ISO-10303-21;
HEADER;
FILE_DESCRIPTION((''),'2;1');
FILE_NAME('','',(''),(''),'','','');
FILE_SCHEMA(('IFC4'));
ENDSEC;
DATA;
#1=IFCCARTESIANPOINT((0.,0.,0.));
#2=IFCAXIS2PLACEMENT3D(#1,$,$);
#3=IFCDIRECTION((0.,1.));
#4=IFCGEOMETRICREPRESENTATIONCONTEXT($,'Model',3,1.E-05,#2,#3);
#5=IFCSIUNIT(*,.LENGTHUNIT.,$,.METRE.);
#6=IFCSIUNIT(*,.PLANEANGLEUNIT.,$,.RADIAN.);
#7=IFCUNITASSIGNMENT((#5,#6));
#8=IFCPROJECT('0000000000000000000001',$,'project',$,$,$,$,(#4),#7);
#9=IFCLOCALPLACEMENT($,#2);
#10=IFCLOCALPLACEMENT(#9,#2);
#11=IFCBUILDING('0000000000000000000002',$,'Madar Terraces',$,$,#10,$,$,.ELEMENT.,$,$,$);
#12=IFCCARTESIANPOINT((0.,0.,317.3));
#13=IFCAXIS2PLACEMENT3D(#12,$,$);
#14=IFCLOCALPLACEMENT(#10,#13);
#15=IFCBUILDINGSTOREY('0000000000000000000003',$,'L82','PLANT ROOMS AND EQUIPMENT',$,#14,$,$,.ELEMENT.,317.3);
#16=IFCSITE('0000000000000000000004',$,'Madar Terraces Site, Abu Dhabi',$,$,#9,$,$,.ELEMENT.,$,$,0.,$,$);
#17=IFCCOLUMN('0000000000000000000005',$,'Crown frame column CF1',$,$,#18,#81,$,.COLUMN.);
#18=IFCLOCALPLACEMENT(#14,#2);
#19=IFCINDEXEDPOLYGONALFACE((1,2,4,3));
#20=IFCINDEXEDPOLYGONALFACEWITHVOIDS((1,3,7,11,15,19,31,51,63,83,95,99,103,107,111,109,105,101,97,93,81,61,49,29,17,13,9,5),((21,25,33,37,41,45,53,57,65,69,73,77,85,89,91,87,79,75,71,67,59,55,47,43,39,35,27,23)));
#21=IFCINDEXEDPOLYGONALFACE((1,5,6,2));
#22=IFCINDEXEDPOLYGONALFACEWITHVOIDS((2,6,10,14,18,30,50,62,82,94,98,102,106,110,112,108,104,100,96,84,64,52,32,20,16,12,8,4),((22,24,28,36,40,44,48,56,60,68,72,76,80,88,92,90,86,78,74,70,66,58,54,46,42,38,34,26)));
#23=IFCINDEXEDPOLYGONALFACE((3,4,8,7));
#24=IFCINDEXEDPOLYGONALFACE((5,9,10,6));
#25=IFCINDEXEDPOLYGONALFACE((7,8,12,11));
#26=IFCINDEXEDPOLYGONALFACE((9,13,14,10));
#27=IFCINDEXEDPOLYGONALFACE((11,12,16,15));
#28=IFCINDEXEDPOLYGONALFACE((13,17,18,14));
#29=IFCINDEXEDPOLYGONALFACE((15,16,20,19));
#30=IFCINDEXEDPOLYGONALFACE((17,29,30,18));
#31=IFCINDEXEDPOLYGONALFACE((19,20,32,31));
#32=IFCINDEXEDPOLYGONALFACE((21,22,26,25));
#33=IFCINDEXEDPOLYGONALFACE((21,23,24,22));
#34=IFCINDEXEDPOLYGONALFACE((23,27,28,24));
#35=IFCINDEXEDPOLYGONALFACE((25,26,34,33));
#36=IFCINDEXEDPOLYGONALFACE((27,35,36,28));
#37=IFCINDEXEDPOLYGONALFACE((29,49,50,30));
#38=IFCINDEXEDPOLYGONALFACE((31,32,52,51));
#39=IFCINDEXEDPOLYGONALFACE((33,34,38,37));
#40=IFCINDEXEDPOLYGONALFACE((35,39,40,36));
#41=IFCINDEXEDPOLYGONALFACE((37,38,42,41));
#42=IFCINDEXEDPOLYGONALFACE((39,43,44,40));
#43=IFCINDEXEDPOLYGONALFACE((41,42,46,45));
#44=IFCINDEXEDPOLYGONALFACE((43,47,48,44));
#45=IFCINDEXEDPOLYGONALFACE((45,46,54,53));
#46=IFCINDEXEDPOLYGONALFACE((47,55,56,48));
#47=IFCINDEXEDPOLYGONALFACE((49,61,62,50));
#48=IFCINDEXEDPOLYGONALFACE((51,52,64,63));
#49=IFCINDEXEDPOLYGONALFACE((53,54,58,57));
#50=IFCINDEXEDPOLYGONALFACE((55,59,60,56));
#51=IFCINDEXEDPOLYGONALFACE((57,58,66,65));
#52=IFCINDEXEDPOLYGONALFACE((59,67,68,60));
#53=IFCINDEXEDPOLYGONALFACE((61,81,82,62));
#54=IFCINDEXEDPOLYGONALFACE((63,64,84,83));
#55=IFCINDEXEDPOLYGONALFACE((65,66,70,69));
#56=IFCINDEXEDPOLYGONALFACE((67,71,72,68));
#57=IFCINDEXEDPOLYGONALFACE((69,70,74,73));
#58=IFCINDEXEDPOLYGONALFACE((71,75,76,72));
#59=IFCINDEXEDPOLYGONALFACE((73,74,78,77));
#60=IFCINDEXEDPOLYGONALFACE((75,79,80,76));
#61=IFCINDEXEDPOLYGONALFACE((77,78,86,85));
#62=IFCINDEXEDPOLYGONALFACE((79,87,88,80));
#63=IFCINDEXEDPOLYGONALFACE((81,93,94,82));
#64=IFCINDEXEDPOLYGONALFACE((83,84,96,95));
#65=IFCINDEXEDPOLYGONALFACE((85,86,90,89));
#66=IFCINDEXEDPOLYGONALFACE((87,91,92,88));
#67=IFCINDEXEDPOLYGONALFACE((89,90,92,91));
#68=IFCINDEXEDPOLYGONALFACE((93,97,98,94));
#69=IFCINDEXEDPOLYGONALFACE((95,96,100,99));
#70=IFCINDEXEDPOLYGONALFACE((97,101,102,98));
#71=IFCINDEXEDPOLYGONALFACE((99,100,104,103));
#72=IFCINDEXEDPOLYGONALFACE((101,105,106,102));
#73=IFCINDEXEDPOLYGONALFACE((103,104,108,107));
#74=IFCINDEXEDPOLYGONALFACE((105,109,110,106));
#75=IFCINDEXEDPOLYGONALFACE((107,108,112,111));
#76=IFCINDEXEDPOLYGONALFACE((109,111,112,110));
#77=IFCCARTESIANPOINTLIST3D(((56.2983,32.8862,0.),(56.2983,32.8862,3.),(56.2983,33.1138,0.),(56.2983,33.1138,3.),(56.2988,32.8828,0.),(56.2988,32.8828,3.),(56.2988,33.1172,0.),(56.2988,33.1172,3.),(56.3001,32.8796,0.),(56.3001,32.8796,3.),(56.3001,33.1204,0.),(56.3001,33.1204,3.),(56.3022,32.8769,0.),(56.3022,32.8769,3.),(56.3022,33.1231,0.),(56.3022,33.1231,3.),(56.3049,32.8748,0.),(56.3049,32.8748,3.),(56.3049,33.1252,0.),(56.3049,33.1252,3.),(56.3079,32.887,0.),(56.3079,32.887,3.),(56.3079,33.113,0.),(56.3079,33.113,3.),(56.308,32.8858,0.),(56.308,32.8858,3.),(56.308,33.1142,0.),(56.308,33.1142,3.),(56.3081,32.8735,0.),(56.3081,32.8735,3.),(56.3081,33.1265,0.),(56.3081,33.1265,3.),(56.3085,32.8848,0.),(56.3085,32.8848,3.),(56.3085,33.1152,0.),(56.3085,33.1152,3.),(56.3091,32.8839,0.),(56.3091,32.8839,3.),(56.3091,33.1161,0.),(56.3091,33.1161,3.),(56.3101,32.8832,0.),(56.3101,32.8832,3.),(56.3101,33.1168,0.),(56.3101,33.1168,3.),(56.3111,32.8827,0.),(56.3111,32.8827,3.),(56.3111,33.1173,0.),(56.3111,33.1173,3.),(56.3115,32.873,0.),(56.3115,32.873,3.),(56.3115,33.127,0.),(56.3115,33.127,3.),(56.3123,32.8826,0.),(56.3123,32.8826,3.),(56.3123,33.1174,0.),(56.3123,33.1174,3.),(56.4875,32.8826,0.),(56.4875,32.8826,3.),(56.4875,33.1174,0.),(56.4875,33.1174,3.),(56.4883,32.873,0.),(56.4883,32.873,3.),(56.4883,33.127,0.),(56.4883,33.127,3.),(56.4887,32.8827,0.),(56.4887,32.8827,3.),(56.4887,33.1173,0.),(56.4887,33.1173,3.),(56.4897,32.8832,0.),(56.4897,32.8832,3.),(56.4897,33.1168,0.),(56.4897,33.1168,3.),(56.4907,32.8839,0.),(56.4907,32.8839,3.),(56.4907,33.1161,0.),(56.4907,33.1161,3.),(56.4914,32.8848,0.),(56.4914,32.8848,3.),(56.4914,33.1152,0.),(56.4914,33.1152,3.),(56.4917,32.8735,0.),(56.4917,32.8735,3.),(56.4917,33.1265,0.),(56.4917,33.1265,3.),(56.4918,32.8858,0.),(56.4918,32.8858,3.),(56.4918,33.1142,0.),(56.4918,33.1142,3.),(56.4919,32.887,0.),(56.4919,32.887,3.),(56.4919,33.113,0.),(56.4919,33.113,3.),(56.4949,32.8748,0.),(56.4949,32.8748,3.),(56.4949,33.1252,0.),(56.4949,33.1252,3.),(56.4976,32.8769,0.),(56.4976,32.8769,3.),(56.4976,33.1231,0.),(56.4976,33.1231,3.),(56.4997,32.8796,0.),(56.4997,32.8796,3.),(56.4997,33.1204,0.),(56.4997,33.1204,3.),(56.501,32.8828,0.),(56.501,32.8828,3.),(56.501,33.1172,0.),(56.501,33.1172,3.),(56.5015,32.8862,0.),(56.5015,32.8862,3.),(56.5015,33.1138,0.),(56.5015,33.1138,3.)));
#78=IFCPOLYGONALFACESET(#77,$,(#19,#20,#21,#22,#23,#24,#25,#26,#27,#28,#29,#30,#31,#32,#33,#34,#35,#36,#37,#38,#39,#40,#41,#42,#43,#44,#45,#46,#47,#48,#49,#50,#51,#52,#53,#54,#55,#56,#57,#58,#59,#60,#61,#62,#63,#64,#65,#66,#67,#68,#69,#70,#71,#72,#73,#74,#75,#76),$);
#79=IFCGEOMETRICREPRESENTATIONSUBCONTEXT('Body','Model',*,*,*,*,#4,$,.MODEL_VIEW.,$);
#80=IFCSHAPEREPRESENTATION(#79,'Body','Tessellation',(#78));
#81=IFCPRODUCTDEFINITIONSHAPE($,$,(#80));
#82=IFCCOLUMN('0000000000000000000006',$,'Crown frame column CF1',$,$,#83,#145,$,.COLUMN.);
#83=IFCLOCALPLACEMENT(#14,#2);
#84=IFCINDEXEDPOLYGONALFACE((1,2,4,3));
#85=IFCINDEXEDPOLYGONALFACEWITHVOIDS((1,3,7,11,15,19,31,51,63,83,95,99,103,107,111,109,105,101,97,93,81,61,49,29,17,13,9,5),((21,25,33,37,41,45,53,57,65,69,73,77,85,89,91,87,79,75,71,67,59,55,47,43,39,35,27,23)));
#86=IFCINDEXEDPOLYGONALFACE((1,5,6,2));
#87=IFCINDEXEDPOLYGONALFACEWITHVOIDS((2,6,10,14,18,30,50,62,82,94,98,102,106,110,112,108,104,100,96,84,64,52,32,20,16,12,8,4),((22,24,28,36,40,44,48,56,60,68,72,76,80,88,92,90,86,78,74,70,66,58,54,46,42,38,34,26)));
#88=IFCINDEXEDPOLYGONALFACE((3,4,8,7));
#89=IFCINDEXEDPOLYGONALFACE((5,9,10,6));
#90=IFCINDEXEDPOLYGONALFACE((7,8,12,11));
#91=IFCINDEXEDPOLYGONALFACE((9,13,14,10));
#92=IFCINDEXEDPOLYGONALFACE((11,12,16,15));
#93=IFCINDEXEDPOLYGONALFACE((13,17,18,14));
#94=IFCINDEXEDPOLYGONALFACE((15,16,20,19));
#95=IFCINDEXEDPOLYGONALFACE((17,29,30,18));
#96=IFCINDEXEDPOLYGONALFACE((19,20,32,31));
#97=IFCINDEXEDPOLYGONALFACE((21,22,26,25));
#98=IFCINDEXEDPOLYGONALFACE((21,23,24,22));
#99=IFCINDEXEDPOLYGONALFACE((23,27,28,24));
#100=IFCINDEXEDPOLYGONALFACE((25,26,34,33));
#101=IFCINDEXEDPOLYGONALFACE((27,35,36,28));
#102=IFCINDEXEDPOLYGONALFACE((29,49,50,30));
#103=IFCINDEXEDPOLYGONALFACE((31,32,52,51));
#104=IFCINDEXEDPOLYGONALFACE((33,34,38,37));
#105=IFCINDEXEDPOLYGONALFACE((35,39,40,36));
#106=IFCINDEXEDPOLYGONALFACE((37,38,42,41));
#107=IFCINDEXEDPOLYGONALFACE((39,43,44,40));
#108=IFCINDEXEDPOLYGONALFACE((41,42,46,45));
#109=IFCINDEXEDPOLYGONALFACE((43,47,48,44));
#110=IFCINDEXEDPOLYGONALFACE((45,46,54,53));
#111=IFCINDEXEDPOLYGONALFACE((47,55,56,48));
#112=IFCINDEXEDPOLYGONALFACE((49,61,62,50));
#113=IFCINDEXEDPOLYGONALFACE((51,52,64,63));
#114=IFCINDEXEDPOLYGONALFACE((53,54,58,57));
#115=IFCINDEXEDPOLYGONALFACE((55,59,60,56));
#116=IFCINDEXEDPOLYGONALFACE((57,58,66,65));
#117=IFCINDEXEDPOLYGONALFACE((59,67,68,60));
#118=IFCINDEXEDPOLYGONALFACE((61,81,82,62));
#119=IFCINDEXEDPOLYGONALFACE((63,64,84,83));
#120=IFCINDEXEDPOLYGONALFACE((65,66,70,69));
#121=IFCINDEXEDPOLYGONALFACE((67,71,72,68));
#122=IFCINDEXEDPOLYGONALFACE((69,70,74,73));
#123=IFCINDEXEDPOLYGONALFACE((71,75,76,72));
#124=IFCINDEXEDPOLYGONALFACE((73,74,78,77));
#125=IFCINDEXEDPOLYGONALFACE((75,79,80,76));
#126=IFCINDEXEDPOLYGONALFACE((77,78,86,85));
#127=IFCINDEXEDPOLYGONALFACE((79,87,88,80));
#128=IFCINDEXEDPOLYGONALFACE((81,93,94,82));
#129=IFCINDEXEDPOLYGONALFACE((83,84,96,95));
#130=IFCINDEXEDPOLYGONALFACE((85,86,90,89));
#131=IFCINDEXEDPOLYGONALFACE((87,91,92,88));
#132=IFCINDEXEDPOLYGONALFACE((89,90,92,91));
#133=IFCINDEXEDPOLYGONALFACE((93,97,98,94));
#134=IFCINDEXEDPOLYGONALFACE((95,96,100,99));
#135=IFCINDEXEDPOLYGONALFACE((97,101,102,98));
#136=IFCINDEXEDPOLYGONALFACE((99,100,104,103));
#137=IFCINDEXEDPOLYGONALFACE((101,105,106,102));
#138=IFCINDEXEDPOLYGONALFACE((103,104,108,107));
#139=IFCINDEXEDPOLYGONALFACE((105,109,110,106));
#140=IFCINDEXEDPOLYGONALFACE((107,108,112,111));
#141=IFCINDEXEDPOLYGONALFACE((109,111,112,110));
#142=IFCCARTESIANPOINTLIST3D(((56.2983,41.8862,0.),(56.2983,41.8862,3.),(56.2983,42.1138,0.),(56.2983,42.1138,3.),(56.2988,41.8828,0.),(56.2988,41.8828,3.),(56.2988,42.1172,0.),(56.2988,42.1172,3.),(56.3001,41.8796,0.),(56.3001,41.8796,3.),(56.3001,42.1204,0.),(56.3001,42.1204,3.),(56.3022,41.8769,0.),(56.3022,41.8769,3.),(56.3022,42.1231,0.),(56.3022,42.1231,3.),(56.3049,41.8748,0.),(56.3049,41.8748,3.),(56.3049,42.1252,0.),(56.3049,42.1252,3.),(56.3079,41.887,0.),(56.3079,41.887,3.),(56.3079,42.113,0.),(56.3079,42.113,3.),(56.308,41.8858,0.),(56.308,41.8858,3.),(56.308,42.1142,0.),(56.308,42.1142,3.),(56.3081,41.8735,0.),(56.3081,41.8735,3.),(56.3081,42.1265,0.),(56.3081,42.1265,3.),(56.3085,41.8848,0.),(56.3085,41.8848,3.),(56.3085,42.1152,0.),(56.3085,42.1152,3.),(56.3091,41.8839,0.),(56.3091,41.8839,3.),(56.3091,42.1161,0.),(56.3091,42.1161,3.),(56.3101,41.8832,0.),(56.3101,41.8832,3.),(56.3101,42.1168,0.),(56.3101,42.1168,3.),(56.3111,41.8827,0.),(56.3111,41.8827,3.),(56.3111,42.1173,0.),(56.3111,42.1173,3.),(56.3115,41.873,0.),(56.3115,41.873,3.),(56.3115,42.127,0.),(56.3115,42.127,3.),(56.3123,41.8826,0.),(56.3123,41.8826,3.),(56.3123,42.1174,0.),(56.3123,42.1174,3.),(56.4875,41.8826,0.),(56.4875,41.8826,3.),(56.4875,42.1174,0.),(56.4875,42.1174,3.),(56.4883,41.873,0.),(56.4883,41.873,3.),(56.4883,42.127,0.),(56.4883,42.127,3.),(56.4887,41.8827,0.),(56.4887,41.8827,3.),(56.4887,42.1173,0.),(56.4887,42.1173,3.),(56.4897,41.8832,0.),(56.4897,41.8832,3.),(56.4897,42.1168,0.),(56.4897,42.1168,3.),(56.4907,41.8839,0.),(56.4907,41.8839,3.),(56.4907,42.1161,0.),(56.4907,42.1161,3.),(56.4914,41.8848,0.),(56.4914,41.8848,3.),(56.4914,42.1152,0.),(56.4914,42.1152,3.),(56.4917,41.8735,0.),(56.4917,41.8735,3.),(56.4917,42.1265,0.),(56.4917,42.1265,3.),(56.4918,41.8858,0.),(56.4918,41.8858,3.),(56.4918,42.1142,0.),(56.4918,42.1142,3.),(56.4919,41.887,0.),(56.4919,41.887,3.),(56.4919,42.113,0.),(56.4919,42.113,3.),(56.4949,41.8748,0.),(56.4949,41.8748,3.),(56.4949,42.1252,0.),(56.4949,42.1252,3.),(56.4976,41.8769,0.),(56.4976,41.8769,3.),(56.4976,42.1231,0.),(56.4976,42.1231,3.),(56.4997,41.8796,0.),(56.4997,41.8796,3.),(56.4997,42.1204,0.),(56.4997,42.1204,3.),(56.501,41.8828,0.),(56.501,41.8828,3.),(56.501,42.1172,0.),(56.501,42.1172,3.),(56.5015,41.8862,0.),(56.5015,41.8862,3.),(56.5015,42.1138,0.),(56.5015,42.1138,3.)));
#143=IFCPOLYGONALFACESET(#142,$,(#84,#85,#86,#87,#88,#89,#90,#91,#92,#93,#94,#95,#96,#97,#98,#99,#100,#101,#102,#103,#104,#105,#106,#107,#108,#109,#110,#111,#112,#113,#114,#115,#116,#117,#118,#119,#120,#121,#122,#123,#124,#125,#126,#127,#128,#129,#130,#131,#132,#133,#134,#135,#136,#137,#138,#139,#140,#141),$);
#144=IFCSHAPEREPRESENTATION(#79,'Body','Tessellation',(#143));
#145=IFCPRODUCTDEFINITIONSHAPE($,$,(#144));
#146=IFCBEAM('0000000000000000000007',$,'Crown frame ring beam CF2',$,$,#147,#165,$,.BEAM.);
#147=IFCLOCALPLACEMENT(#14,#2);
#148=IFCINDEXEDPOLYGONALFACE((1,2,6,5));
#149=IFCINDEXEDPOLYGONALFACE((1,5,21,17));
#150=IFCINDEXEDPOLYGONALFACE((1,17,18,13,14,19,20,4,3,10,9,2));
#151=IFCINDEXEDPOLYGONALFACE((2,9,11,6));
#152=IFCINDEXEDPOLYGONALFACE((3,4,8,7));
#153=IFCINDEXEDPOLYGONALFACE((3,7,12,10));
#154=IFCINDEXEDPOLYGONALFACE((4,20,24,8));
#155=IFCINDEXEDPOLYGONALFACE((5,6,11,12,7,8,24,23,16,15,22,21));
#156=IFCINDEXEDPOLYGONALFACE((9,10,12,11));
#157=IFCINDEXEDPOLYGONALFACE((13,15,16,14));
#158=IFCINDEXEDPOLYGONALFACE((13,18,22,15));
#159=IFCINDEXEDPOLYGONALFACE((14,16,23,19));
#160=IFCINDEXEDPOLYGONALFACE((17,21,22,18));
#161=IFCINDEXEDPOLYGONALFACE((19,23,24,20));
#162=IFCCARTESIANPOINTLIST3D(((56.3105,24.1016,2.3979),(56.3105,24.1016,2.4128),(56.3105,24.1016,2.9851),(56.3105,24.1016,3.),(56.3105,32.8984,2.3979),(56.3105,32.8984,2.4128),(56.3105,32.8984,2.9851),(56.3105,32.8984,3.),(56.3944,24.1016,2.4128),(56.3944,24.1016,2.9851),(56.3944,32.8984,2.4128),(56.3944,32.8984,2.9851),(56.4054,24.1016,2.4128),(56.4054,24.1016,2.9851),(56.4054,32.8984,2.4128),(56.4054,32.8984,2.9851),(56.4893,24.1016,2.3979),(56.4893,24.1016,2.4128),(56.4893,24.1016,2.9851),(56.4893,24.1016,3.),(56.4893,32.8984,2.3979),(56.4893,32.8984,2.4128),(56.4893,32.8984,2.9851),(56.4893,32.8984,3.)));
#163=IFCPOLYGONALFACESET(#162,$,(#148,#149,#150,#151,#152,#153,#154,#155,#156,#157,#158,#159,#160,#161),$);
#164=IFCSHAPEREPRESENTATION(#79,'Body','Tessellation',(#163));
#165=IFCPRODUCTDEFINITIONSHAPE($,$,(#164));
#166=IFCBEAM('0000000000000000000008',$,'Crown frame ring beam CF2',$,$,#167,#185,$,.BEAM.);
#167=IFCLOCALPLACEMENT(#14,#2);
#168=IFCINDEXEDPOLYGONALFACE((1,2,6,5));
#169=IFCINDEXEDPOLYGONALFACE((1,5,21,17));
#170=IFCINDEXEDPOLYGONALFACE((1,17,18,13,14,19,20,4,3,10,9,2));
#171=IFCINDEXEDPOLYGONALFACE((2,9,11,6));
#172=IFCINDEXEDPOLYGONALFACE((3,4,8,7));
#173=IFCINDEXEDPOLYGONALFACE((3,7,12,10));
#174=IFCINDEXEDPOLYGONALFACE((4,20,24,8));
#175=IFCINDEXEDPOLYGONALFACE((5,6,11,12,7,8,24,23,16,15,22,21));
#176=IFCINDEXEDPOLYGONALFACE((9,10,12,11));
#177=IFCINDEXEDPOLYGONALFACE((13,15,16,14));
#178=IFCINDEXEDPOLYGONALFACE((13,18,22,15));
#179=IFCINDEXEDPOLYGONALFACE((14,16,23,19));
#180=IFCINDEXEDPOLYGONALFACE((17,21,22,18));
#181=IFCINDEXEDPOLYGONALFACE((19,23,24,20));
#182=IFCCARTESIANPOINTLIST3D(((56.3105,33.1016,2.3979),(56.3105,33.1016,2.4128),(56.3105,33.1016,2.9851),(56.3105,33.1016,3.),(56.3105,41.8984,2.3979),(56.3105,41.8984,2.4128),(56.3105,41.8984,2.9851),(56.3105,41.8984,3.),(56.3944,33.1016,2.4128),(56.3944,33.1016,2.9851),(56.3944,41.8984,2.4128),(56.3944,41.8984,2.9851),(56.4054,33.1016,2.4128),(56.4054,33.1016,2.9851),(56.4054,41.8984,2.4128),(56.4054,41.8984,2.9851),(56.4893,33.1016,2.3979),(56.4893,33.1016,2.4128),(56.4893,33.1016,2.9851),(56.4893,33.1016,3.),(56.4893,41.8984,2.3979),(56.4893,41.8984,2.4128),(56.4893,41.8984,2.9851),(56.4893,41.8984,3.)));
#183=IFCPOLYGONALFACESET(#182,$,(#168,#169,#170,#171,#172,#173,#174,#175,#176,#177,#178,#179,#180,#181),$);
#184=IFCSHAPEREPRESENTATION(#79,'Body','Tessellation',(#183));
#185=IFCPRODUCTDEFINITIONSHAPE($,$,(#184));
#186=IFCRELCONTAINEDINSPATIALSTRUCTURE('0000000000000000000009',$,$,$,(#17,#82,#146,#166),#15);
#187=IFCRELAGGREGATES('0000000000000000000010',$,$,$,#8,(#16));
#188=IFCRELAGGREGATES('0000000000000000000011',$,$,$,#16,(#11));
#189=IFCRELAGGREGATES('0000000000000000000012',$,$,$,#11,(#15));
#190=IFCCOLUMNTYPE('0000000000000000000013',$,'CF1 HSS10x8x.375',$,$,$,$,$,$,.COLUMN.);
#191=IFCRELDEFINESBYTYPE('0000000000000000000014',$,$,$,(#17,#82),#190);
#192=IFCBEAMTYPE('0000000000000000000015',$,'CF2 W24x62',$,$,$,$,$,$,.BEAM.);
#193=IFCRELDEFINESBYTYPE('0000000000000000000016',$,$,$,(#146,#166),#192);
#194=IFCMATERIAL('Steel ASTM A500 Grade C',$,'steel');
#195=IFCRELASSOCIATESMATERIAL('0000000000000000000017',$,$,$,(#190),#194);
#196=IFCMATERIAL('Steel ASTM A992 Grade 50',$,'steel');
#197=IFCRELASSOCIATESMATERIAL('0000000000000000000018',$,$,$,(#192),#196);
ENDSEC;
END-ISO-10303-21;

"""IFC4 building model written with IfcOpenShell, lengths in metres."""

from ifc_helpers import new_model, si_unit, direction, frame, origin, origin_2d, place, context, subcontext, project, spatial, hollow_rectangle, i_section, extrude, material, material_profile, profile_set, type_object, element, save


model = new_model("IFC4")

# Units and contexts
model_context = context("Model", 3, precision=1e-05, world=origin(), true_north=direction((0.0, 1.0)))
body_context = subcontext(model_context, "Body", "Model", "MODEL_VIEW")
ifc_project = project(units=[si_unit("LENGTHUNIT", "METRE"), si_unit("PLANEANGLEUNIT", "RADIAN")], contexts=[model_context])

# Site, building, storey
site_placement = place(None, origin())
site = spatial("IfcSite", under=ifc_project, at=site_placement, Name="Madar Terraces Site, Abu Dhabi", CompositionType="ELEMENT", RefElevation=0.0)
building_placement = place(site_placement, origin())
building = spatial("IfcBuilding", under=site, at=building_placement, Name="Madar Terraces", CompositionType="ELEMENT")
storey_placement = place(building_placement, frame((0.0, 0.0, 317.3)))
storey = spatial("IfcBuildingStorey", under=building, at=storey_placement, Name="L82", Description="PLANT ROOMS AND EQUIPMENT", CompositionType="ELEMENT", Elevation=317.3)

# Columns
ifc_material_1 = material(Name="Steel ASTM A500 Grade C", Category="steel")
ifc_material_profile_1 = material_profile(ifc_material_1, hollow_rectangle(XDim=0.2031, YDim=0.2539, WallThickness=0.0095, InnerFilletRadius=0.0044, OuterFilletRadius=0.0132, at=origin_2d()), Name="HSS10x8x.375")
ifc_profile_set_1 = profile_set([ifc_material_profile_1], Name="Steel ASTM A500 Grade C")
column_type = type_object("IfcColumnType", Name="CF1 HSS10x8x.375", PredefinedType="COLUMN", material=ifc_profile_set_1)
for number, where, z_axis, x_axis, name in (
    (1, (56.3999, 33.0, 0.0), (0.0, 0.0, 1.0), (1.0, 0.0, 0.0), "Crown frame column CF1"),
    (2, (56.3999, 42.0, 0.0), (0.0, 0.0, 1.0), (1.0, 0.0, 0.0), "Crown frame column CF1"),
):
    element("IfcColumn", number, at=place(storey_placement, frame(where, z_axis=z_axis, x_axis=x_axis)), inside=storey, type_object=column_type, Name=name, PredefinedType="COLUMN", context=body_context, shape_type="SweptSolid", body=[
        extrude(hollow_rectangle(XDim=0.2031, YDim=0.2539, WallThickness=0.0095, InnerFilletRadius=0.0044, OuterFilletRadius=0.0132, at=origin_2d()), origin(), (0.0, 0.0, 1.0), 3.0),
    ])

# Beams
ifc_material_2 = material(Name="Steel ASTM A992 Grade 50", Category="steel")
ifc_material_profile_2 = material_profile(ifc_material_2, i_section(OverallWidth=0.1787, OverallDepth=0.6021, WebThickness=0.011, FlangeThickness=0.0149, at=origin_2d()), Name="W24x62")
ifc_profile_set_2 = profile_set([ifc_material_profile_2], Name="Steel ASTM A992 Grade 50")
beam_type = type_object("IfcBeamType", Name="CF2 W24x62", PredefinedType="BEAM", material=ifc_profile_set_2)
for number, where, z_axis, x_axis, name in (
    (3, (56.3999, 24.1016, 2.699), (0.0, 1.0, 0.0), (-1.0, 0.0, 0.0), "Crown frame ring beam CF2"),
    (4, (56.3999, 33.1016, 2.699), (0.0, 1.0, 0.0), (-1.0, 0.0, 0.0), "Crown frame ring beam CF2"),
):
    element("IfcBeam", number, at=place(storey_placement, frame(where, z_axis=z_axis, x_axis=x_axis)), inside=storey, type_object=beam_type, Name=name, PredefinedType="BEAM", context=body_context, shape_type="SweptSolid", body=[
        extrude(i_section(OverallWidth=0.1787, OverallDepth=0.6021, WebThickness=0.011, FlangeThickness=0.0149, at=origin_2d()), origin(), (0.0, 0.0, 1.0), 8.7969),
    ])

save(model, "model.ifc")
